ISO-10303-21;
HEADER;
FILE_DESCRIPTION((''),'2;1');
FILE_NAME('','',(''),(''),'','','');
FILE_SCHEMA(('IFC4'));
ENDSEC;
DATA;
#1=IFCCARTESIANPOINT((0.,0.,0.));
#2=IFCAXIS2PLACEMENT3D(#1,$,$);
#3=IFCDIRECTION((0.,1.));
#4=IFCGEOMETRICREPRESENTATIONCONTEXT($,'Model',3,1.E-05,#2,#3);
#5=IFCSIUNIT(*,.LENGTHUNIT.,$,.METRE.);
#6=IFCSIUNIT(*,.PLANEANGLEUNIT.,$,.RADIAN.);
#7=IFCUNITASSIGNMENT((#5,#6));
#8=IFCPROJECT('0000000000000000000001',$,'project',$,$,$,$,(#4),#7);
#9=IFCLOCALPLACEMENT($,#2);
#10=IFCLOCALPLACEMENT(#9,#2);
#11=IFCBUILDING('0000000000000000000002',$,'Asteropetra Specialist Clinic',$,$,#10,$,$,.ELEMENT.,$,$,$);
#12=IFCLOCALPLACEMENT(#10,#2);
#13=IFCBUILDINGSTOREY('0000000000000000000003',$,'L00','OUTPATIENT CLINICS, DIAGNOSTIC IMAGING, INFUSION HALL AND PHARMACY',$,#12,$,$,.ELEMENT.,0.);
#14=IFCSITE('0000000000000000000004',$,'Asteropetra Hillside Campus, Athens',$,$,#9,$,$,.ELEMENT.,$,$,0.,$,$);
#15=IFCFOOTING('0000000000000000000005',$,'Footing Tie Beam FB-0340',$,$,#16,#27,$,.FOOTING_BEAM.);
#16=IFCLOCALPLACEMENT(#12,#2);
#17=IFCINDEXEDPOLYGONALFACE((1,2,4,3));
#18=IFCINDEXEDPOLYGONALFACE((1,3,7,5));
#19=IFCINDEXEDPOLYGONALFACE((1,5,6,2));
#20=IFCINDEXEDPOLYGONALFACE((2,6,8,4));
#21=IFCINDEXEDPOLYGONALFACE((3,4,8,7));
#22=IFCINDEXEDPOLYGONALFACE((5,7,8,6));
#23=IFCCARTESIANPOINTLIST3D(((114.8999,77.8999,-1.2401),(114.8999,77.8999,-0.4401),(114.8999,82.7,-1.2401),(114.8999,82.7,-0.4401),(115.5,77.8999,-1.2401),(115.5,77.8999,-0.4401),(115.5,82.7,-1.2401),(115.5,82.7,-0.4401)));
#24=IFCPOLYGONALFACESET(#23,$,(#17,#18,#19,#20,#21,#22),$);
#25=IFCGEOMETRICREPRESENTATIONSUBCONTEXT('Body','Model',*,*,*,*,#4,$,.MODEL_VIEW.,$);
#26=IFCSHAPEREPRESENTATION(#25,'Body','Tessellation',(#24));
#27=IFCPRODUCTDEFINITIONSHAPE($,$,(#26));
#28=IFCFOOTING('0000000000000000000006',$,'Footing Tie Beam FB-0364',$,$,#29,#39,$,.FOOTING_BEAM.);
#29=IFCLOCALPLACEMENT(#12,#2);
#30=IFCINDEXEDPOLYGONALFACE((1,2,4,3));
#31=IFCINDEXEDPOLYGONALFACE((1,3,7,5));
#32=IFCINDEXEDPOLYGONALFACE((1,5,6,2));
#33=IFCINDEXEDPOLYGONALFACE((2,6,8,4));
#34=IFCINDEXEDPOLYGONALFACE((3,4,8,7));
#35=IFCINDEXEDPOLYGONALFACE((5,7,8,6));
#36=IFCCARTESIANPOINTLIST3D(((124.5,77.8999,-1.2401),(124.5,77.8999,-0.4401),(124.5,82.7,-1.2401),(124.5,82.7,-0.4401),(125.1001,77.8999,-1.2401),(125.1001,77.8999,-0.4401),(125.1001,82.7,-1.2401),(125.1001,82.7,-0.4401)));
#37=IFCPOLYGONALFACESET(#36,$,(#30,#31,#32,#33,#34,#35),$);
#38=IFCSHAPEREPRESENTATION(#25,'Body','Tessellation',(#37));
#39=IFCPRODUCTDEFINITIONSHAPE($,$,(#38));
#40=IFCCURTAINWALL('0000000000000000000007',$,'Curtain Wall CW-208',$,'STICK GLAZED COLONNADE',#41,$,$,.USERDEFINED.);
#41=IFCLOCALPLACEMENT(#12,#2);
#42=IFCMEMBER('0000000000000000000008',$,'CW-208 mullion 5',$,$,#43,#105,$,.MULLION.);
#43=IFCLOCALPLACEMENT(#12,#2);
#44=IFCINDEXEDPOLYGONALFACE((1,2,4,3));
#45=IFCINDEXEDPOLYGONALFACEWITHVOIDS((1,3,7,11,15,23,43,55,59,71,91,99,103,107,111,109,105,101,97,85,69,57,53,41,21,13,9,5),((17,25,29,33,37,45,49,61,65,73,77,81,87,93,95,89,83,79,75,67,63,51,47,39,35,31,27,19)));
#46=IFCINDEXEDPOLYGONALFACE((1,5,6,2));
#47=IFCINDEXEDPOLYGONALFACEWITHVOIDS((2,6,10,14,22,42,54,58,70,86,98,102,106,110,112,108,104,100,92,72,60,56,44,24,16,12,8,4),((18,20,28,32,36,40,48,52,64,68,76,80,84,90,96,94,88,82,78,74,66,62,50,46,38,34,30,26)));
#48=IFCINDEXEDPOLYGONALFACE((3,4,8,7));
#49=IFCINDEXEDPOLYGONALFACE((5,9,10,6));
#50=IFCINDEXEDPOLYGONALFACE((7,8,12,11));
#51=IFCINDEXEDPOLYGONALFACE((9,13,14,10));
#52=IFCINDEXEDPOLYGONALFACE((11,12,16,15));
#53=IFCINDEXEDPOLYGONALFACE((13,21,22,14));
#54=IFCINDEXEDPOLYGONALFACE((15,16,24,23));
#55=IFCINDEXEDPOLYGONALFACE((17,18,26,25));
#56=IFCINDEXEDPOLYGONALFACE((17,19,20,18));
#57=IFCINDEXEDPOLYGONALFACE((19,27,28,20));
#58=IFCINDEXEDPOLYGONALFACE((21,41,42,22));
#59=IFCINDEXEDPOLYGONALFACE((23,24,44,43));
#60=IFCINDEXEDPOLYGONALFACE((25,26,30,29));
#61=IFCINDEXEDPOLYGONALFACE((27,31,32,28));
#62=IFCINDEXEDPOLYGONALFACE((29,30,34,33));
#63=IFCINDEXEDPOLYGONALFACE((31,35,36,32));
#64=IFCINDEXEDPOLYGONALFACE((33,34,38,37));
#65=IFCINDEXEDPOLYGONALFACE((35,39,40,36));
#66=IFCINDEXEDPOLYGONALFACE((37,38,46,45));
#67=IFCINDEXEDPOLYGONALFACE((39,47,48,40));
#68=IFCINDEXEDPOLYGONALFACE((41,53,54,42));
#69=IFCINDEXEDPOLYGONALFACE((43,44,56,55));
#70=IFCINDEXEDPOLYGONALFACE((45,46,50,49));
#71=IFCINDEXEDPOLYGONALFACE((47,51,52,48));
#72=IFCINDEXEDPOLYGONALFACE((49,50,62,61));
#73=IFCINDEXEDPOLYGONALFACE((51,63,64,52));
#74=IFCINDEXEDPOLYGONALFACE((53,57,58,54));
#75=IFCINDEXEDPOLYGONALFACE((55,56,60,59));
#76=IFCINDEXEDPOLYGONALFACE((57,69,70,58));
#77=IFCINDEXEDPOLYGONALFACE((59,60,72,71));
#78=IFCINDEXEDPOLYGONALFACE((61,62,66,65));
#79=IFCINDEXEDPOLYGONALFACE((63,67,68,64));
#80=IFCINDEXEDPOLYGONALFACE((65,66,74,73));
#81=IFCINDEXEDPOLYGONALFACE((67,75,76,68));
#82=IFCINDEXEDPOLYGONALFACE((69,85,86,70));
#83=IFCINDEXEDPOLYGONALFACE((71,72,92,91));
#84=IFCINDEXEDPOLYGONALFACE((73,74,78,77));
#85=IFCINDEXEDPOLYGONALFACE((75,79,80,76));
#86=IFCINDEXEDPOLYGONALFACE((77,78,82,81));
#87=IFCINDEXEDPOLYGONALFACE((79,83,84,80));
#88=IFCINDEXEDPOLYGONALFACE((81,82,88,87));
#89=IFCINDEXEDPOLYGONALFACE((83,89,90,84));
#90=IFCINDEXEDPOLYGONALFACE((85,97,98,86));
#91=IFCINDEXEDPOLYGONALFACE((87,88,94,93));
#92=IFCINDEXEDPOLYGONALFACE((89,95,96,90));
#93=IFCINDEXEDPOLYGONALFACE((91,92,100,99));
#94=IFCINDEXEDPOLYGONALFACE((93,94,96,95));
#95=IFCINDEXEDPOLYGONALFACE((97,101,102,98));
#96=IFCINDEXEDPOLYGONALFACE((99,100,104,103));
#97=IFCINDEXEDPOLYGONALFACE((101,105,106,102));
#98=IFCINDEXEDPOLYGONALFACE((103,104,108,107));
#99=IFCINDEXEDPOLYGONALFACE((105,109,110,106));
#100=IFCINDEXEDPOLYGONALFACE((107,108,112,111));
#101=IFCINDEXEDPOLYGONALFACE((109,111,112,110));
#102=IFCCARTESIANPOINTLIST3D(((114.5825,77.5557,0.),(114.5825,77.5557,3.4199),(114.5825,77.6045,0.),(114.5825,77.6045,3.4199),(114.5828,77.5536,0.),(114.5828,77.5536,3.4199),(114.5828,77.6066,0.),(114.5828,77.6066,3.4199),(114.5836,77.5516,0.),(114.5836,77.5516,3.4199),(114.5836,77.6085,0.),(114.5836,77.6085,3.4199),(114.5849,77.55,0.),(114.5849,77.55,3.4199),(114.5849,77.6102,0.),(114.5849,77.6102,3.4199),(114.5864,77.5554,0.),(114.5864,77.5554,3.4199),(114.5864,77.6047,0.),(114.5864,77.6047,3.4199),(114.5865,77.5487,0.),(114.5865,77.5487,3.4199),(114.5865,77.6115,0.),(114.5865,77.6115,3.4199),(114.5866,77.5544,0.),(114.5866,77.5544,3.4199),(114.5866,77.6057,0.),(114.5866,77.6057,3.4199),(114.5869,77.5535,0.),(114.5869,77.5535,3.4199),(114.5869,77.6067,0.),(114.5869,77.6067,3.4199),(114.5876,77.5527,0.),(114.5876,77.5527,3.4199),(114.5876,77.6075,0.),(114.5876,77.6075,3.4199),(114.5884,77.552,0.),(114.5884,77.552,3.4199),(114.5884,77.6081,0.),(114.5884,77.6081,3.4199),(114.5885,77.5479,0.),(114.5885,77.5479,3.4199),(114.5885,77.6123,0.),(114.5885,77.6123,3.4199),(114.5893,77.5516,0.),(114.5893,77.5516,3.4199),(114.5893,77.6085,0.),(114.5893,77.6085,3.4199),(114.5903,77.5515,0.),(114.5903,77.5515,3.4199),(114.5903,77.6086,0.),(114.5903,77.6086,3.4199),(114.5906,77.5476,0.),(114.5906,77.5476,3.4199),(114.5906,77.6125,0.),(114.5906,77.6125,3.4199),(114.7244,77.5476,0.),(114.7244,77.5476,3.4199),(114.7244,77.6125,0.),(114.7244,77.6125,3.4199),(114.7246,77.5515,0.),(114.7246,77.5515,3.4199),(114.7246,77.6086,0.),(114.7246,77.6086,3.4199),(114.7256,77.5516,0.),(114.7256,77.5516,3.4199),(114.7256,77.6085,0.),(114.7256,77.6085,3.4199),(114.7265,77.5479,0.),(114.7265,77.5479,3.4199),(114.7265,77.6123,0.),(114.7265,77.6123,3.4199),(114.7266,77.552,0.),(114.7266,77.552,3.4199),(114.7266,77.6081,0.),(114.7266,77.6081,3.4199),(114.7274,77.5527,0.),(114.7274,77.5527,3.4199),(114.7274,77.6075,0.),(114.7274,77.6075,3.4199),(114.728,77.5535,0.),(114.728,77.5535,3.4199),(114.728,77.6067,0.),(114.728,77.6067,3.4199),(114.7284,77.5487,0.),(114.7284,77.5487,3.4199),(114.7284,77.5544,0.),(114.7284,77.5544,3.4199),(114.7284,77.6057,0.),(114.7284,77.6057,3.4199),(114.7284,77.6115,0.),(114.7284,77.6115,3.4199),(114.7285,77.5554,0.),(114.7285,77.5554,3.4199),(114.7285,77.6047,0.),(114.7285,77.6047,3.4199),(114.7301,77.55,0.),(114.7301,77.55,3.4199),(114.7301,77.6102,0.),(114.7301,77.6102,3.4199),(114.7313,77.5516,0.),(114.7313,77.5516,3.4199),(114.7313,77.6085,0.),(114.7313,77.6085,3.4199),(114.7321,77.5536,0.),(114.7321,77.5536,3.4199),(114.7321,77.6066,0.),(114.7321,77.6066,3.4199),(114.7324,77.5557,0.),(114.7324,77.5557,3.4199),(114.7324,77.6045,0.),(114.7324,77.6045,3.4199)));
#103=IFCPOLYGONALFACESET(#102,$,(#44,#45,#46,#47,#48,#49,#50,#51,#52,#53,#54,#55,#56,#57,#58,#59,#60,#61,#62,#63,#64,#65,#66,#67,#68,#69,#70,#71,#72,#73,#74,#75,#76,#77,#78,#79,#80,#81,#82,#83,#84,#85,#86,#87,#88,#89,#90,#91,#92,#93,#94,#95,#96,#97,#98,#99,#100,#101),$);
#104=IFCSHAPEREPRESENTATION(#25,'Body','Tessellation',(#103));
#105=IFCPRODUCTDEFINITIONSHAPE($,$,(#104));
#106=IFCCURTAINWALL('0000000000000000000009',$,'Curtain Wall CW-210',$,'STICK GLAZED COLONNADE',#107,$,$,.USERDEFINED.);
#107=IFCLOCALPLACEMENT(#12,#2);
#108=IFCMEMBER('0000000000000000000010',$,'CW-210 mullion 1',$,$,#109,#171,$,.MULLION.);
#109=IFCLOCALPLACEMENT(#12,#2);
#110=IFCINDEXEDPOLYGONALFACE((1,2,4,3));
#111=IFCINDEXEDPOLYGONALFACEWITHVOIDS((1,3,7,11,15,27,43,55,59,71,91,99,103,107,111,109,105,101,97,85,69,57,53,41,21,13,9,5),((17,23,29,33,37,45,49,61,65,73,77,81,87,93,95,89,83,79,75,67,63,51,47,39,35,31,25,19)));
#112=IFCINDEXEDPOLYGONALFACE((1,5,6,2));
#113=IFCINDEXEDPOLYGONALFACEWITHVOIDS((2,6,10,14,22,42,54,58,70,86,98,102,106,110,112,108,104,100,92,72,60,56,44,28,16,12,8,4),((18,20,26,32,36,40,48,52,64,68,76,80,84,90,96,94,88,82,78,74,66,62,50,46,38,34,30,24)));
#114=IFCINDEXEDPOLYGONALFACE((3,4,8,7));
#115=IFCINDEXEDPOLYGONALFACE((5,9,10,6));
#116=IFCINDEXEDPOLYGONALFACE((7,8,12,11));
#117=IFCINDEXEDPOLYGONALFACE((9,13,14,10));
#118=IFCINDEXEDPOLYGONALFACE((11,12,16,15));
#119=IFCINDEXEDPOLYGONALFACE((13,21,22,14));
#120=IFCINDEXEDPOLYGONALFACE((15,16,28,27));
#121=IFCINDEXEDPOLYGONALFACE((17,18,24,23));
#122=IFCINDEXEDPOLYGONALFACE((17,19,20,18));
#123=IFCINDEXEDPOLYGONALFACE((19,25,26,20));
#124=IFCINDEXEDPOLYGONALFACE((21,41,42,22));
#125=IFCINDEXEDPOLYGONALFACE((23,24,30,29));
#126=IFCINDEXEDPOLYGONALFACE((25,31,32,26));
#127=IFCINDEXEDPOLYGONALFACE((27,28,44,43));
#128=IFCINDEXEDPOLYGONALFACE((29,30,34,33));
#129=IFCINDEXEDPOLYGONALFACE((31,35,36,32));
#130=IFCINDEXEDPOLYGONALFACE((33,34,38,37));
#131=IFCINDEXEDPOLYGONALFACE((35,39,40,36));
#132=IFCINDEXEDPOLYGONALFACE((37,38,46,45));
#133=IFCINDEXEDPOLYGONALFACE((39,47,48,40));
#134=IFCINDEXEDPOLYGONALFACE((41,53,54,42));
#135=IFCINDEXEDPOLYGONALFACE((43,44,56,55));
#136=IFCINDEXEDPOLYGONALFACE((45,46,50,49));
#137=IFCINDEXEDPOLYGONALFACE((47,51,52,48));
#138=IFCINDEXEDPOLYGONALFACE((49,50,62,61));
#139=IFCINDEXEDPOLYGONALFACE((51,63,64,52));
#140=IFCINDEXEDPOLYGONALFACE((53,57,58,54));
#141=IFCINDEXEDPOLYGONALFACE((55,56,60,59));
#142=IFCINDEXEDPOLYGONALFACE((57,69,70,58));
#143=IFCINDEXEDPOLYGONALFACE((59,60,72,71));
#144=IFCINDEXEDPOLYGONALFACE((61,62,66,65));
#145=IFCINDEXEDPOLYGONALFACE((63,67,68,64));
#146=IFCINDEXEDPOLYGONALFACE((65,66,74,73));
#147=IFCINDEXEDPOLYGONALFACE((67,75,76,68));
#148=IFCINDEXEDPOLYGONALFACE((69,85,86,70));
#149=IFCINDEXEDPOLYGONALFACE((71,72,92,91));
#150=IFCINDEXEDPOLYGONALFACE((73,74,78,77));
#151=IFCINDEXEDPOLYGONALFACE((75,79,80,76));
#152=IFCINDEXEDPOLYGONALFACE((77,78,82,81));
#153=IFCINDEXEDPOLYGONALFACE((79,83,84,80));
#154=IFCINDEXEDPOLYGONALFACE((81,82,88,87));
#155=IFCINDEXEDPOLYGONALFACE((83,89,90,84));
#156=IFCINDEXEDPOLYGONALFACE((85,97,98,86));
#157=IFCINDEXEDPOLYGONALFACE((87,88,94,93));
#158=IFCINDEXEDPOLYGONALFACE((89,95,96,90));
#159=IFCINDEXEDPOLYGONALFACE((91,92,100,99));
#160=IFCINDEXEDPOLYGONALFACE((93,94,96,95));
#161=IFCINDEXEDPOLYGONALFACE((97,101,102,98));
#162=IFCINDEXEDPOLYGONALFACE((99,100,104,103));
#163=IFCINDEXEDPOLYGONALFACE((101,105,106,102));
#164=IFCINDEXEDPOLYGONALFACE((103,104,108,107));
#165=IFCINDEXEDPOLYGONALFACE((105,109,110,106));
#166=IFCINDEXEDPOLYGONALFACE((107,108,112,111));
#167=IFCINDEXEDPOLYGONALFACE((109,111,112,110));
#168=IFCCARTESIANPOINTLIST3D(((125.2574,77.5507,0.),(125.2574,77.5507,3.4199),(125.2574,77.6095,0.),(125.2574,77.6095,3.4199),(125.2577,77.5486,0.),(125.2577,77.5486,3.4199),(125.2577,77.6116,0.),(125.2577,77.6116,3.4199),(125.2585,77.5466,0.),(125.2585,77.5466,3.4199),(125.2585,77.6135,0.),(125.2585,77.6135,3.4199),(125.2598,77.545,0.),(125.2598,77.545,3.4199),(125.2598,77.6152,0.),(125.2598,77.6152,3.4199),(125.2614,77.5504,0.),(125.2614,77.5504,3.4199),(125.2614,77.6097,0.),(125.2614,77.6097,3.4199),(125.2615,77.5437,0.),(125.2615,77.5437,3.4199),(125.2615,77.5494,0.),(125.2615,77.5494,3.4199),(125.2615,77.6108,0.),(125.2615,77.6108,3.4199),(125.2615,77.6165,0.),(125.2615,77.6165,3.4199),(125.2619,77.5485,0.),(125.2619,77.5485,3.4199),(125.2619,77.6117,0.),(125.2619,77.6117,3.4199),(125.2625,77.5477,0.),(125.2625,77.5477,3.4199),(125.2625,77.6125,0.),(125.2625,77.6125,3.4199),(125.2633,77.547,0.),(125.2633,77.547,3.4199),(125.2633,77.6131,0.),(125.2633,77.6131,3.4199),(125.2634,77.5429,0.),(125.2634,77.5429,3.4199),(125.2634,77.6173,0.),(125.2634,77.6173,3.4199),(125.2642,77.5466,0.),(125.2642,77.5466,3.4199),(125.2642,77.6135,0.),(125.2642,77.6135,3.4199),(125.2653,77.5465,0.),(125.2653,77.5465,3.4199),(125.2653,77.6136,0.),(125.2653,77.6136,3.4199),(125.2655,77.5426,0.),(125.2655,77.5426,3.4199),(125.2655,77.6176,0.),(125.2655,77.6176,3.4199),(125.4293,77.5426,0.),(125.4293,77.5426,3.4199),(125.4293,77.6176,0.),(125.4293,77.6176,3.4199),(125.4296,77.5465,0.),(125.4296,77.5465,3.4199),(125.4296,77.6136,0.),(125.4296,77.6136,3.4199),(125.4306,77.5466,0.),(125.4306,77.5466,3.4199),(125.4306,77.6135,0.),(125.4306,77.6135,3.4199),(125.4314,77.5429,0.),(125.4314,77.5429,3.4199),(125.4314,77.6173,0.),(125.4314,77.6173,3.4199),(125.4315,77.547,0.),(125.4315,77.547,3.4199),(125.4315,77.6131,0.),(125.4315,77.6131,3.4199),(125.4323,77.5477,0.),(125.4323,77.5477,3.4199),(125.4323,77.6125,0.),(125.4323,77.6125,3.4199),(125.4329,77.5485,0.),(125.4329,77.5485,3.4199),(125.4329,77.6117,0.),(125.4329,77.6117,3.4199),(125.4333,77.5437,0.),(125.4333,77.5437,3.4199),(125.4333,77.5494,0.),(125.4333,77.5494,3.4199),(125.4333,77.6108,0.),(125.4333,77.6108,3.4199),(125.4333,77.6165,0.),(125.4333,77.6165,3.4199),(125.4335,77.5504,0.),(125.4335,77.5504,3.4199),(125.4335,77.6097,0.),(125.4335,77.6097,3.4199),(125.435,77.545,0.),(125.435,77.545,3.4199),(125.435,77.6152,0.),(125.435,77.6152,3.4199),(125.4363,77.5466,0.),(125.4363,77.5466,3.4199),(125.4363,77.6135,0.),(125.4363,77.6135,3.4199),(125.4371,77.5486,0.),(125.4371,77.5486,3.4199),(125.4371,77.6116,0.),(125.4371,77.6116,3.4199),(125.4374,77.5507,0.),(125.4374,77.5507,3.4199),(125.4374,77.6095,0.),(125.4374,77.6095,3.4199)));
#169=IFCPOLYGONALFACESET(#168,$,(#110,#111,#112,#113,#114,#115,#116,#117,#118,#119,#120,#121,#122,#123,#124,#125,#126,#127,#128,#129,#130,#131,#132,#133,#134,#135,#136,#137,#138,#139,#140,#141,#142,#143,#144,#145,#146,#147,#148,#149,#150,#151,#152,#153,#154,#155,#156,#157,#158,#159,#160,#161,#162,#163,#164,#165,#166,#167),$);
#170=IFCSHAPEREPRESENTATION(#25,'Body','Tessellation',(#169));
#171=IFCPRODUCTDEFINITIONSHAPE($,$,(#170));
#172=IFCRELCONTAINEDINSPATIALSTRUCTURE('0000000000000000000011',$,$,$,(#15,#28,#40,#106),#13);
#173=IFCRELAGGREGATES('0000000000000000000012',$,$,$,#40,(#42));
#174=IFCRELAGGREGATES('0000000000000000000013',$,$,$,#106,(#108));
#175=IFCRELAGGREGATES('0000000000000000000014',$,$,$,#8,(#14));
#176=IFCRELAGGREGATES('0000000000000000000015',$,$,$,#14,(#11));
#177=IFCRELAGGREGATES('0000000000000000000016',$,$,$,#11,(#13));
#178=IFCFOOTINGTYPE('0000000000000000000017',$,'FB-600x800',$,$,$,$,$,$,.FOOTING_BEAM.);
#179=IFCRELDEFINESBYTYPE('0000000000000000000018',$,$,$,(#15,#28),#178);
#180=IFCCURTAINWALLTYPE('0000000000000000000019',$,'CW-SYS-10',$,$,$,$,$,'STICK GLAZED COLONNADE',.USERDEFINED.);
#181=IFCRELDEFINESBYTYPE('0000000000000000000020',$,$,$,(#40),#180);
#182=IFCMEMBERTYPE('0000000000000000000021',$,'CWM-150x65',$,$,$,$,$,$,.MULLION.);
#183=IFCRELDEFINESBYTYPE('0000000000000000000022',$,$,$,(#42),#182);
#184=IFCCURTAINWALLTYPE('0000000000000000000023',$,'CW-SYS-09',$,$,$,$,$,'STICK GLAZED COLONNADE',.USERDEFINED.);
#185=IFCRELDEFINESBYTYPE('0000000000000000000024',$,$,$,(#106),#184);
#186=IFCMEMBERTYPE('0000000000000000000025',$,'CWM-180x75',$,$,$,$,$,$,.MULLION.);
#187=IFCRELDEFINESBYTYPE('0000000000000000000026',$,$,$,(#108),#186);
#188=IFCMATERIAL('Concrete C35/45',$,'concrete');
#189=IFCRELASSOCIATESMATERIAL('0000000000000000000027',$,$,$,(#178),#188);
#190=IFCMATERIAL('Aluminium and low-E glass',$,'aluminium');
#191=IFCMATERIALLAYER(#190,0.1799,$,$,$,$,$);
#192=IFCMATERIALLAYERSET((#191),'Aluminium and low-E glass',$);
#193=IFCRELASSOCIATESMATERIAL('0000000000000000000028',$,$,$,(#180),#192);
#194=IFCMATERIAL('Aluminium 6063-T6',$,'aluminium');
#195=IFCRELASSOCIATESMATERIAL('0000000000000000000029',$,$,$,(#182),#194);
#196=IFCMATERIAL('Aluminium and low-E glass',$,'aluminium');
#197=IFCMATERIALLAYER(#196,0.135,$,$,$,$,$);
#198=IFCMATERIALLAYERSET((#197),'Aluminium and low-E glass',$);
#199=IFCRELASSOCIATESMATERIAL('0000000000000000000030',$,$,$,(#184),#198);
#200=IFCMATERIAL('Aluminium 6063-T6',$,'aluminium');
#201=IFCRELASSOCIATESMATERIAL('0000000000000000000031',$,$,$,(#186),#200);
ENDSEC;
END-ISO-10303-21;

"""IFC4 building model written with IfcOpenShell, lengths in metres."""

from ifc_helpers import new_model, si_unit, direction, frame, origin, origin_2d, place, context, subcontext, project, spatial, rectangle, hollow_rectangle, extrude, material, layer, layer_set, material_profile, profile_set, type_object, element, aggregate, save


model = new_model("IFC4")

# Units and contexts
model_context = context("Model", 3, precision=1e-05, world=origin(), true_north=direction((0.0, 1.0)))
body_context = subcontext(model_context, "Body", "Model", "MODEL_VIEW")
ifc_project = project(units=[si_unit("LENGTHUNIT", "METRE"), si_unit("PLANEANGLEUNIT", "RADIAN")], contexts=[model_context])

# Site, building, storey
site_placement = place(None, origin())
site = spatial("IfcSite", under=ifc_project, at=site_placement, Name="Asteropetra Hillside Campus, Athens", CompositionType="ELEMENT", RefElevation=0.0)
building_placement = place(site_placement, origin())
building = spatial("IfcBuilding", under=site, at=building_placement, Name="Asteropetra Specialist Clinic", CompositionType="ELEMENT")
storey_placement = place(building_placement, origin())
storey = spatial("IfcBuildingStorey", under=building, at=storey_placement, Name="L00", Description="OUTPATIENT CLINICS, DIAGNOSTIC IMAGING, INFUSION HALL AND PHARMACY", CompositionType="ELEMENT", Elevation=0.0)

# Footings
ifc_material_1 = material(Name="Concrete C35/45", Category="concrete")
ifc_material_profile_1 = material_profile(ifc_material_1, rectangle(XDim=0.6001, YDim=0.8, at=origin_2d()), Name="FB 600x800")
ifc_profile_set_1 = profile_set([ifc_material_profile_1], Name="Concrete C35/45")
footing_type = type_object("IfcFootingType", Name="FB-600x800", PredefinedType="FOOTING_BEAM", material=ifc_profile_set_1)
for number, where, z_axis, x_axis, name in (
    (1, (115.2, 77.8999, -0.8401), (0.0, 1.0, 0.0), (-1.0, 0.0, 0.0), "Footing Tie Beam FB-0340"),
    (2, (124.8, 77.8999, -0.8401), (0.0, 1.0, 0.0), (-1.0, 0.0, 0.0), "Footing Tie Beam FB-0364"),
):
    element("IfcFooting", number, at=place(storey_placement, frame(where, z_axis=z_axis, x_axis=x_axis)), inside=storey, type_object=footing_type, Name=name, PredefinedType="FOOTING_BEAM", context=body_context, shape_type="SweptSolid", body=[
        extrude(rectangle(XDim=0.6001, YDim=0.8, at=origin_2d()), origin(), (0.0, 0.0, 1.0), 4.8),
    ])

# Curtain wall, member
ifc_material_2 = material(Name="Aluminium and low-E glass", Category="aluminium")
ifc_layer_1 = layer(ifc_material_2, 0.1799)
ifc_layer_set_1 = layer_set([ifc_layer_1], Name="Aluminium and low-E glass")
curtain_wall_type_1 = type_object("IfcCurtainWallType", Name="CW-SYS-10", ElementType="STICK GLAZED COLONNADE", PredefinedType="USERDEFINED", material=ifc_layer_set_1)
curtain_wall_1_placement = place(storey_placement, origin())
curtain_wall_1 = element("IfcCurtainWall", 3, at=curtain_wall_1_placement, inside=storey, type_object=curtain_wall_type_1, Name="Curtain Wall CW-208", ObjectType="STICK GLAZED COLONNADE", PredefinedType="USERDEFINED")
ifc_material_3 = material(Name="Aluminium 6063-T6", Category="aluminium")
ifc_material_profile_2 = material_profile(ifc_material_3, hollow_rectangle(XDim=0.0649, YDim=0.1499, WallThickness=0.0039, InnerFilletRadius=0.0039, OuterFilletRadius=0.0081, at=origin_2d()), Name="MUL 150x65x4.0")
ifc_profile_set_2 = profile_set([ifc_material_profile_2], Name="Aluminium 6063-T6")
member_type_1 = type_object("IfcMemberType", Name="CWM-150x65", PredefinedType="MULLION", material=ifc_profile_set_2)
member_1_placement = place(storey_placement, frame((114.6575, 77.5801, 0.0), z_axis=(0.0, 0.0, 1.0), x_axis=(0.0, 1.0, 0.0)))
member_1 = element("IfcMember", 4, at=member_1_placement, type_object=member_type_1, Name="CW-208 mullion 5", PredefinedType="MULLION", context=body_context, shape_type="SweptSolid", body=[
    extrude(hollow_rectangle(XDim=0.0649, YDim=0.1499, WallThickness=0.0039, InnerFilletRadius=0.0039, OuterFilletRadius=0.0081, at=origin_2d()), origin(), (0.0, 0.0, 1.0), 3.4199),
])
aggregate(curtain_wall_1, [member_1])

# Curtain wall, member
ifc_material_4 = material(Name="Aluminium and low-E glass", Category="aluminium")
ifc_layer_2 = layer(ifc_material_4, 0.135)
ifc_layer_set_2 = layer_set([ifc_layer_2], Name="Aluminium and low-E glass")
curtain_wall_type_2 = type_object("IfcCurtainWallType", Name="CW-SYS-09", ElementType="STICK GLAZED COLONNADE", PredefinedType="USERDEFINED", material=ifc_layer_set_2)
curtain_wall_2_placement = place(storey_placement, origin())
curtain_wall_2 = element("IfcCurtainWall", 5, at=curtain_wall_2_placement, inside=storey, type_object=curtain_wall_type_2, Name="Curtain Wall CW-210", ObjectType="STICK GLAZED COLONNADE", PredefinedType="USERDEFINED")
ifc_material_5 = material(Name="Aluminium 6063-T6", Category="aluminium")
ifc_material_profile_3 = material_profile(ifc_material_5, hollow_rectangle(XDim=0.075, YDim=0.1799, WallThickness=0.0039, InnerFilletRadius=0.0039, OuterFilletRadius=0.0081, at=origin_2d()), Name="MUL 180x75x4.0")
ifc_profile_set_3 = profile_set([ifc_material_profile_3], Name="Aluminium 6063-T6")
member_type_2 = type_object("IfcMemberType", Name="CWM-180x75", PredefinedType="MULLION", material=ifc_profile_set_3)
member_2_placement = place(storey_placement, frame((125.3474, 77.5801, 0.0), z_axis=(0.0, 0.0, 1.0), x_axis=(0.0, 1.0, 0.0)))
member_2 = element("IfcMember", 6, at=member_2_placement, type_object=member_type_2, Name="CW-210 mullion 1", PredefinedType="MULLION", context=body_context, shape_type="SweptSolid", body=[
    extrude(hollow_rectangle(XDim=0.075, YDim=0.1799, WallThickness=0.0039, InnerFilletRadius=0.0039, OuterFilletRadius=0.0081, at=origin_2d()), origin(), (0.0, 0.0, 1.0), 3.4199),
])
aggregate(curtain_wall_2, [member_2])

save(model, "model.ifc")
